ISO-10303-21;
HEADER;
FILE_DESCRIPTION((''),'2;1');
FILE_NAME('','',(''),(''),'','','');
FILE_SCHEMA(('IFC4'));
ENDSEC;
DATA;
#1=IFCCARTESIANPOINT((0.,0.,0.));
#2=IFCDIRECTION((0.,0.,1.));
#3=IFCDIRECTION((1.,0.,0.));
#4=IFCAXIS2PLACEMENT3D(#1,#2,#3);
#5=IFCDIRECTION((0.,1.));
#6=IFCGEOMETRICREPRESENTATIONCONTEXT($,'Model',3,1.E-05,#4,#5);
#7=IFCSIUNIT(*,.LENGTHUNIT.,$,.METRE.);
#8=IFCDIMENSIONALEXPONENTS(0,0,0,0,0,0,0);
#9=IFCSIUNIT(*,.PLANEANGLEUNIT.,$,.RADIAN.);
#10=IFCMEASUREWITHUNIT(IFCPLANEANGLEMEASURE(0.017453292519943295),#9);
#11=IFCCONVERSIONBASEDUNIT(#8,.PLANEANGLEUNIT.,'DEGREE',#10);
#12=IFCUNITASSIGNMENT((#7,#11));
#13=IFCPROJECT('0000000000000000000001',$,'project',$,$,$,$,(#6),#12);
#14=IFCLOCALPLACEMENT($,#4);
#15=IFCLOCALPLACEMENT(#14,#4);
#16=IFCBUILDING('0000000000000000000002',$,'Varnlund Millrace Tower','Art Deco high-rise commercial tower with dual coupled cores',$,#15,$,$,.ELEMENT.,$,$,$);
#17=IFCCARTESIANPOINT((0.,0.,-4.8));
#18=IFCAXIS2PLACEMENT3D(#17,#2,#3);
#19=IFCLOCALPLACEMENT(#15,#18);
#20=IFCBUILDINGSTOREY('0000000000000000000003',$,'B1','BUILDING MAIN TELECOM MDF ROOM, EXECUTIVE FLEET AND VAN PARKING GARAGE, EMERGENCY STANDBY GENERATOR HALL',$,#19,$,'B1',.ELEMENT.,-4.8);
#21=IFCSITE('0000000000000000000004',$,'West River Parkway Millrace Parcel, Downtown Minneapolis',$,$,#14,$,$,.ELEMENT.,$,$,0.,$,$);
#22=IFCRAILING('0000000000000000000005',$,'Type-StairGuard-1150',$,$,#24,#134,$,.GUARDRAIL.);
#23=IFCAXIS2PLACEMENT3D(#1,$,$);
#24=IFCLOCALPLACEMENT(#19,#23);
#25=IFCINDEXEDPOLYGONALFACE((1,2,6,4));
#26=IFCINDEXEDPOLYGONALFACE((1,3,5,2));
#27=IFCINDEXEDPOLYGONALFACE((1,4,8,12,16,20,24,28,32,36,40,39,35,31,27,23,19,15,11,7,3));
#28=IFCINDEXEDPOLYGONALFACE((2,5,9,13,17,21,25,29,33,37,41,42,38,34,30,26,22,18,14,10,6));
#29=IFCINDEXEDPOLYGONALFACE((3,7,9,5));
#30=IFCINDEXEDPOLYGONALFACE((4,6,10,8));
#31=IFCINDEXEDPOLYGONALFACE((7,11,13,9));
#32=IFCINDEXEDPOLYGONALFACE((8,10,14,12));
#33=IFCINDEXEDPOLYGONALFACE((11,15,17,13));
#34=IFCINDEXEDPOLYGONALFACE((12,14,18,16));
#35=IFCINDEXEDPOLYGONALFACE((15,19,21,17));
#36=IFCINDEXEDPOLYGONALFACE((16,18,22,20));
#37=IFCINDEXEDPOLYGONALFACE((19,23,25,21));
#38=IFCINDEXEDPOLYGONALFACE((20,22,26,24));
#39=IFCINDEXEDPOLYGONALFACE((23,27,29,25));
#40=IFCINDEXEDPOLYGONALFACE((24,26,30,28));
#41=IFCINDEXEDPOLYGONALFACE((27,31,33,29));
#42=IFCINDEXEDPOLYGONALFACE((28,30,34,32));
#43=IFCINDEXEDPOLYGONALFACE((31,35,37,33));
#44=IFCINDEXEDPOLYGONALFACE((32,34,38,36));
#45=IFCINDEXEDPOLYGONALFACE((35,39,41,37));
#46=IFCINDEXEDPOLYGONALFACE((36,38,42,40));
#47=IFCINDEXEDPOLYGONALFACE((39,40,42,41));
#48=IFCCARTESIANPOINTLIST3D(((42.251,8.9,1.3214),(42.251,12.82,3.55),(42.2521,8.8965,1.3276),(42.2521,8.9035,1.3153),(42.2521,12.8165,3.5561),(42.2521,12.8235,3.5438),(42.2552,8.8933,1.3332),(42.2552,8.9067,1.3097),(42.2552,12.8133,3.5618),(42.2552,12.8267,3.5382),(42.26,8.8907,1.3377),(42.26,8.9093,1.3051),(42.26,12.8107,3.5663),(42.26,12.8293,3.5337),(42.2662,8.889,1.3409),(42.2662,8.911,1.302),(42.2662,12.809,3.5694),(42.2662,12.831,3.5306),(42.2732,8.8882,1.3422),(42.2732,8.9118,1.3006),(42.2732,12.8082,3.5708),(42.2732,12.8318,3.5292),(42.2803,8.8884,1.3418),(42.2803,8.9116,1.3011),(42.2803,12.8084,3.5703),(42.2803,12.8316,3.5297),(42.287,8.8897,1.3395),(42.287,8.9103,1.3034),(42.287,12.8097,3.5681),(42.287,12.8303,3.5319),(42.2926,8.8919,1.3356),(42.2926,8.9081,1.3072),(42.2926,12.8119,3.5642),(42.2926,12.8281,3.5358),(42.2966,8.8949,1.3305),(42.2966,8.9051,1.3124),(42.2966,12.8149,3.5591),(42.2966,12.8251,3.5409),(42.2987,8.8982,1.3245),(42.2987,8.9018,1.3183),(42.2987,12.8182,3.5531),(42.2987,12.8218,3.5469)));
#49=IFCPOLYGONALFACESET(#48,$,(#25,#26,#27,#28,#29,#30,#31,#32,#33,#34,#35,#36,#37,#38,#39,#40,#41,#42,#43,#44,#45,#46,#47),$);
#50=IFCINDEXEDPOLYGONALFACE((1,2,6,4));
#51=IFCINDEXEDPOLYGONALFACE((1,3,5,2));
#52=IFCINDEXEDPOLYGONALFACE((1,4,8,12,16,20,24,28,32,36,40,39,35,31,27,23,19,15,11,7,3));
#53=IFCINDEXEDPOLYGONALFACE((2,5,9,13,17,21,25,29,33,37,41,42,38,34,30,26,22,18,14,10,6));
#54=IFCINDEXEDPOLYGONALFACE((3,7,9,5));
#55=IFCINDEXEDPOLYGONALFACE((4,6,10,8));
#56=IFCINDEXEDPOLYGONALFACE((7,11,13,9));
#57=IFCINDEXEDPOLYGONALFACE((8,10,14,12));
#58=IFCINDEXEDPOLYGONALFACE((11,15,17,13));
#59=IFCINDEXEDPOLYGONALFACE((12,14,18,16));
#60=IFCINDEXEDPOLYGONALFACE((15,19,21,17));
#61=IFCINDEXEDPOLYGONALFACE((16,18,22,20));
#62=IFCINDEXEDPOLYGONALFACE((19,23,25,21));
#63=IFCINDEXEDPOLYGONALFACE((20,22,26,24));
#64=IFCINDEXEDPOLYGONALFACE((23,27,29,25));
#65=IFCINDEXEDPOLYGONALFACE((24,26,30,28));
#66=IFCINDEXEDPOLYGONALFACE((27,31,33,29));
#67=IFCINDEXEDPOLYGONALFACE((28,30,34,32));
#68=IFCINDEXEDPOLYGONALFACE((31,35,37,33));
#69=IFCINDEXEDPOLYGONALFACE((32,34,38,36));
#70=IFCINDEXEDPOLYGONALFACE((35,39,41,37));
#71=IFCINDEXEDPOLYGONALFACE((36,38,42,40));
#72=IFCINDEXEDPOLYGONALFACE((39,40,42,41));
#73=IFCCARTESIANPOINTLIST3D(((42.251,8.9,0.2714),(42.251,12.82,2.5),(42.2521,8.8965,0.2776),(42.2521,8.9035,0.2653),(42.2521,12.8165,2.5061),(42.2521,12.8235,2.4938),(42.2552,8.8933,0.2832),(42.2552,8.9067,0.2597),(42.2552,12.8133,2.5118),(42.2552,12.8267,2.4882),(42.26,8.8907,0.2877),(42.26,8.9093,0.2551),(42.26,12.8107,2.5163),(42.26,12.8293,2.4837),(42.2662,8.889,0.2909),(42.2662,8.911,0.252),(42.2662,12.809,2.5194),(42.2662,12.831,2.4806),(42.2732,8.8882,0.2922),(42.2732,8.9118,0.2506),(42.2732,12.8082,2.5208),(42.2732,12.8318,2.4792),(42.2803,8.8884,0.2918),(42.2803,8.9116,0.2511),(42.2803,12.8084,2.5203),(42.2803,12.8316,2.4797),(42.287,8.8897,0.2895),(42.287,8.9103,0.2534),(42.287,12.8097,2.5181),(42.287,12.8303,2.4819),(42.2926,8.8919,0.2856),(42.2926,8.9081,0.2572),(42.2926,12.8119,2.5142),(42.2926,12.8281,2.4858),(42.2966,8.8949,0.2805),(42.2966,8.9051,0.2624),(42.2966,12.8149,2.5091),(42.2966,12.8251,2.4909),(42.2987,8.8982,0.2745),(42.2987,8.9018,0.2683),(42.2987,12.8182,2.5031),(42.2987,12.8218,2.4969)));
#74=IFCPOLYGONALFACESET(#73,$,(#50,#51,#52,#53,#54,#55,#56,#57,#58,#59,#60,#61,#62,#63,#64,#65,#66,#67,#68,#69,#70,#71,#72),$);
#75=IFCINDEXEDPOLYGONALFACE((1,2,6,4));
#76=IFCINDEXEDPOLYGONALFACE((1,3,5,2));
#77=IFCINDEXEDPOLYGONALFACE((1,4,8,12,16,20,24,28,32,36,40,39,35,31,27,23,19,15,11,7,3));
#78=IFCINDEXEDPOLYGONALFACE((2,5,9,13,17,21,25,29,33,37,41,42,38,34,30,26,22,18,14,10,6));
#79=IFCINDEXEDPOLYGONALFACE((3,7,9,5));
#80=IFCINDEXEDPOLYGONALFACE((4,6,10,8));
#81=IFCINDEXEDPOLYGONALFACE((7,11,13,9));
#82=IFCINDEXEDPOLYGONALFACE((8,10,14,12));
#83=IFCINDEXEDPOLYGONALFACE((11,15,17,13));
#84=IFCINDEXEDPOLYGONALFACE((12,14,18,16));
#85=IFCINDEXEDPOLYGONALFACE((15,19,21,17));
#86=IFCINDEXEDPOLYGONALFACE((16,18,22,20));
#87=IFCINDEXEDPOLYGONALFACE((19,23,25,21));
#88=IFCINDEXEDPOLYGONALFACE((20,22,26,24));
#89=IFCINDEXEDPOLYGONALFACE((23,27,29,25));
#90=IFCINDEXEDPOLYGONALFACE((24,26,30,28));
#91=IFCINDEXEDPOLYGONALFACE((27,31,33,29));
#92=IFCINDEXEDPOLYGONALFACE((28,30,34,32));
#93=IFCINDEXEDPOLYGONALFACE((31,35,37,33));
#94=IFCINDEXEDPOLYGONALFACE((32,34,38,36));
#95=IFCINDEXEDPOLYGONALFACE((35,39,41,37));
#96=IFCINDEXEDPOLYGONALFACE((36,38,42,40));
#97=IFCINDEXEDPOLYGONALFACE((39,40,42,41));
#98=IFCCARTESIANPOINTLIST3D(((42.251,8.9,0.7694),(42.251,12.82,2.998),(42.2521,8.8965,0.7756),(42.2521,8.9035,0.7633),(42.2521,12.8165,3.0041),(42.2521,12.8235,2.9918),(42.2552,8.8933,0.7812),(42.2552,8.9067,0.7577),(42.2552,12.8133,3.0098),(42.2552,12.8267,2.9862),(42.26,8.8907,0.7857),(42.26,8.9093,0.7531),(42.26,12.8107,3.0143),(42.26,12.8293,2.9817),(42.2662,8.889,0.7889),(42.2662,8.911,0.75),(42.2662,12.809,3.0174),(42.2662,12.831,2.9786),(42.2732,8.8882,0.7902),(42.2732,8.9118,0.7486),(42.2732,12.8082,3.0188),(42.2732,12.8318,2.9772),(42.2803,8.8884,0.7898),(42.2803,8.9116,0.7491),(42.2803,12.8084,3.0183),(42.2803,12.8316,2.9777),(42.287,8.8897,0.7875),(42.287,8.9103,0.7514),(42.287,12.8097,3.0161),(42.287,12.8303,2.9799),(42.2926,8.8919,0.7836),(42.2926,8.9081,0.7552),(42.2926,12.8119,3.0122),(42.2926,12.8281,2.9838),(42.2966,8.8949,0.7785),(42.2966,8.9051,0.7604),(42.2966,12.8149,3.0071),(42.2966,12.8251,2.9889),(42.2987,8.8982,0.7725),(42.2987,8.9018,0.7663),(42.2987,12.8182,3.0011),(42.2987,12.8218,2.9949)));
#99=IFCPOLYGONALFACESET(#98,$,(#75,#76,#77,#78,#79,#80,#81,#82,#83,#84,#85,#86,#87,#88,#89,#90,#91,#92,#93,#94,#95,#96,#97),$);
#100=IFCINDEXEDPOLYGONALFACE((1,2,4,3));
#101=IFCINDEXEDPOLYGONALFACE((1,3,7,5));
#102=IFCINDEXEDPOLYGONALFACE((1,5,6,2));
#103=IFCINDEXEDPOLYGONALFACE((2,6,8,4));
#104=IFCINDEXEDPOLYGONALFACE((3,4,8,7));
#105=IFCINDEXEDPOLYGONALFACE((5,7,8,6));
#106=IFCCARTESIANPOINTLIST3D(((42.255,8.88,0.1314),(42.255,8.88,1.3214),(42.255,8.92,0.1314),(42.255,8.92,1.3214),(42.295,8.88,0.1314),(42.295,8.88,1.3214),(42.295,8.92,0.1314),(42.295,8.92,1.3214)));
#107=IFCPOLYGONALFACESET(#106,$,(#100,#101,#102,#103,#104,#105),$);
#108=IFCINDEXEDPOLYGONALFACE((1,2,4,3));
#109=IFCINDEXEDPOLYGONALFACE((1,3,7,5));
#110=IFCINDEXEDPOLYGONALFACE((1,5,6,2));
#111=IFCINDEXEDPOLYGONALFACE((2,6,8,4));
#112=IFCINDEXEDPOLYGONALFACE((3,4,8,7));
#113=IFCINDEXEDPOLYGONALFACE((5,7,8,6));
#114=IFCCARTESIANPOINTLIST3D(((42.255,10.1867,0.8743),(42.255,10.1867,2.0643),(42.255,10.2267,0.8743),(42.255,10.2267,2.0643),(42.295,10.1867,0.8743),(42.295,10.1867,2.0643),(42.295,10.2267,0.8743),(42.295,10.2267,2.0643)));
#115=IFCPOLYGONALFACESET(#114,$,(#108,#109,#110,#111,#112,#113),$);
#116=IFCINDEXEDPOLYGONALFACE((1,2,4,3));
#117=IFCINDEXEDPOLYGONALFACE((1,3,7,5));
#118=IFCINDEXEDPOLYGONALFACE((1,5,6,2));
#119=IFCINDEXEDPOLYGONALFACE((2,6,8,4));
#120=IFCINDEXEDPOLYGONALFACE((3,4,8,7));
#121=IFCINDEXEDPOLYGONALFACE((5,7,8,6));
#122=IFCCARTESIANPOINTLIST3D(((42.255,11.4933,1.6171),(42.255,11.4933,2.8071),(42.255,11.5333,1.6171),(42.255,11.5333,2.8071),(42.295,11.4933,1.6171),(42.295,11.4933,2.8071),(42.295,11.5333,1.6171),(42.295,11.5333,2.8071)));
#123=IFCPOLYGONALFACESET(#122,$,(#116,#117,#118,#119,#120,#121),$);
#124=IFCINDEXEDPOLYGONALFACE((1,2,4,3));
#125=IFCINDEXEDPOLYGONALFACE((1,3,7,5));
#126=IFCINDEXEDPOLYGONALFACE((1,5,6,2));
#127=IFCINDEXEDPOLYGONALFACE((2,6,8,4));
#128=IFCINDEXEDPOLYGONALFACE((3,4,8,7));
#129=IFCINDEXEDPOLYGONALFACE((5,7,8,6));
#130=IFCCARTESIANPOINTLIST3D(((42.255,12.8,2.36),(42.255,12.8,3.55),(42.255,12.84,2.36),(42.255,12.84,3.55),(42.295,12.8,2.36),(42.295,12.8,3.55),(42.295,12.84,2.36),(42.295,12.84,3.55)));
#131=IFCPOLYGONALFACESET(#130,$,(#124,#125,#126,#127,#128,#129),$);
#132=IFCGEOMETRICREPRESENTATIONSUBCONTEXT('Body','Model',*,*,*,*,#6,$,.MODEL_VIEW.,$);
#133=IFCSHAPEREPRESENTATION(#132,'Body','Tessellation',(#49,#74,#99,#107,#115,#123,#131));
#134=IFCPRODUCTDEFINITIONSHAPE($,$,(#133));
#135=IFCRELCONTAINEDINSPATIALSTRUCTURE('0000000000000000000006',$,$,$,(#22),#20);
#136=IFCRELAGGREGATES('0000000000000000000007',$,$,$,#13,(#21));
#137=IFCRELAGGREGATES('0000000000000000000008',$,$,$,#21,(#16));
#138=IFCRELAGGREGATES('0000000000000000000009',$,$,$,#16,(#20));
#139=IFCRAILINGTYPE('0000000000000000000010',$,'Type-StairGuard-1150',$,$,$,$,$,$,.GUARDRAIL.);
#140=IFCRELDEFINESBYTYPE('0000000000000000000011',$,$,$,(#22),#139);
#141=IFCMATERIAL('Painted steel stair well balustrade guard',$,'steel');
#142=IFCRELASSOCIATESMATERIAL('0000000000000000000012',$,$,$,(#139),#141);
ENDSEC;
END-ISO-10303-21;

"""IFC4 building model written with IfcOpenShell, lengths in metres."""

from ifc_helpers import new_model, entity, si_unit, converted_unit, direction, frame, origin_with_axes, origin_2d_with_axis, place, context, subcontext, project, spatial, rectangle, circle, extrude, material, type_object, element, save


model = new_model("IFC4")

# Units and contexts
model_context = context("Model", 3, precision=1e-05, world=origin_with_axes(), true_north=direction((0.0, 1.0)))
body_context = subcontext(model_context, "Body", "Model", "MODEL_VIEW")
ifc_project = project(units=[si_unit("LENGTHUNIT", "METRE"), converted_unit("PLANEANGLEUNIT", "DEGREE", entity("IfcPlaneAngleMeasure", 0.017453292519943295), si_unit("PLANEANGLEUNIT", "RADIAN"), dimensions=[0, 0, 0, 0, 0, 0, 0])], contexts=[model_context])

# Site, building, storey
site_placement = place(None, origin_with_axes())
site = spatial("IfcSite", under=ifc_project, at=site_placement, Name="West River Parkway Millrace Parcel, Downtown Minneapolis", CompositionType="ELEMENT", RefElevation=0.0)
building_placement = place(site_placement, origin_with_axes())
building = spatial("IfcBuilding", under=site, at=building_placement, Name="Varnlund Millrace Tower", Description="Art Deco high-rise commercial tower with dual coupled cores", CompositionType="ELEMENT")
storey_placement = place(building_placement, frame((0.0, 0.0, -4.8), z_axis=(0.0, 0.0, 1.0), x_axis=(1.0, 0.0, 0.0)))
storey = spatial("IfcBuildingStorey", under=building, at=storey_placement, Name="B1", Description="BUILDING MAIN TELECOM MDF ROOM, EXECUTIVE FLEET AND VAN PARKING GARAGE, EMERGENCY STANDBY GENERATOR HALL", LongName="B1", CompositionType="ELEMENT", Elevation=-4.8)

# Railing
ifc_material_1 = material(Name="Painted steel stair well balustrade guard", Category="steel")
railing_type_1 = type_object("IfcRailingType", Name="Type-StairGuard-1150", PredefinedType="GUARDRAIL", material=ifc_material_1)
railing_1_placement = place(storey_placement, frame((0.0, 0.0, 4.8), z_axis=(0.0, 0.0, 1.0), x_axis=(1.0, 0.0, 0.0)))
element("IfcRailing", 1, at=railing_1_placement, inside=storey, type_object=railing_type_1, Name="Type-StairGuard-1150", PredefinedType="GUARDRAIL", context=body_context, shape_type="SweptSolid", body=[
    extrude(circle(Radius=0.024, at=origin_2d_with_axis()), frame((42.275, 8.9, -3.4786), z_axis=(0.0, 0.869333, 0.494227), x_axis=(-1.0, 0.0, 0.0)), (0.0, 0.0, 1.0), 4.5092),
    extrude(circle(Radius=0.024, at=origin_2d_with_axis()), frame((42.275, 8.9, -4.5286), z_axis=(0.0, 0.869333, 0.494227), x_axis=(-1.0, 0.0, 0.0)), (0.0, 0.0, 1.0), 4.5092),
    extrude(circle(Radius=0.024, at=origin_2d_with_axis()), frame((42.275, 8.9, -4.0306), z_axis=(0.0, 0.869333, 0.494227), x_axis=(-1.0, 0.0, 0.0)), (0.0, 0.0, 1.0), 4.5092),
    extrude(rectangle(XDim=0.04, YDim=0.04, at=origin_2d_with_axis()), frame((42.275, 8.9, -4.6686), z_axis=(0.0, 0.0, 1.0), x_axis=(1.0, 0.0, 0.0)), (0.0, 0.0, 1.0), 1.19),
    extrude(rectangle(XDim=0.04, YDim=0.04, at=origin_2d_with_axis()), frame((42.275, 10.2067, -3.9257), z_axis=(0.0, 0.0, 1.0), x_axis=(1.0, 0.0, 0.0)), (0.0, 0.0, 1.0), 1.19),
    extrude(rectangle(XDim=0.04, YDim=0.04, at=origin_2d_with_axis()), frame((42.275, 11.5133, -3.1829), z_axis=(0.0, 0.0, 1.0), x_axis=(1.0, 0.0, 0.0)), (0.0, 0.0, 1.0), 1.19),
    extrude(rectangle(XDim=0.04, YDim=0.04, at=origin_2d_with_axis()), frame((42.275, 12.82, -2.44), z_axis=(0.0, 0.0, 1.0), x_axis=(1.0, 0.0, 0.0)), (0.0, 0.0, 1.0), 1.19),
])

save(model, "model.ifc")
